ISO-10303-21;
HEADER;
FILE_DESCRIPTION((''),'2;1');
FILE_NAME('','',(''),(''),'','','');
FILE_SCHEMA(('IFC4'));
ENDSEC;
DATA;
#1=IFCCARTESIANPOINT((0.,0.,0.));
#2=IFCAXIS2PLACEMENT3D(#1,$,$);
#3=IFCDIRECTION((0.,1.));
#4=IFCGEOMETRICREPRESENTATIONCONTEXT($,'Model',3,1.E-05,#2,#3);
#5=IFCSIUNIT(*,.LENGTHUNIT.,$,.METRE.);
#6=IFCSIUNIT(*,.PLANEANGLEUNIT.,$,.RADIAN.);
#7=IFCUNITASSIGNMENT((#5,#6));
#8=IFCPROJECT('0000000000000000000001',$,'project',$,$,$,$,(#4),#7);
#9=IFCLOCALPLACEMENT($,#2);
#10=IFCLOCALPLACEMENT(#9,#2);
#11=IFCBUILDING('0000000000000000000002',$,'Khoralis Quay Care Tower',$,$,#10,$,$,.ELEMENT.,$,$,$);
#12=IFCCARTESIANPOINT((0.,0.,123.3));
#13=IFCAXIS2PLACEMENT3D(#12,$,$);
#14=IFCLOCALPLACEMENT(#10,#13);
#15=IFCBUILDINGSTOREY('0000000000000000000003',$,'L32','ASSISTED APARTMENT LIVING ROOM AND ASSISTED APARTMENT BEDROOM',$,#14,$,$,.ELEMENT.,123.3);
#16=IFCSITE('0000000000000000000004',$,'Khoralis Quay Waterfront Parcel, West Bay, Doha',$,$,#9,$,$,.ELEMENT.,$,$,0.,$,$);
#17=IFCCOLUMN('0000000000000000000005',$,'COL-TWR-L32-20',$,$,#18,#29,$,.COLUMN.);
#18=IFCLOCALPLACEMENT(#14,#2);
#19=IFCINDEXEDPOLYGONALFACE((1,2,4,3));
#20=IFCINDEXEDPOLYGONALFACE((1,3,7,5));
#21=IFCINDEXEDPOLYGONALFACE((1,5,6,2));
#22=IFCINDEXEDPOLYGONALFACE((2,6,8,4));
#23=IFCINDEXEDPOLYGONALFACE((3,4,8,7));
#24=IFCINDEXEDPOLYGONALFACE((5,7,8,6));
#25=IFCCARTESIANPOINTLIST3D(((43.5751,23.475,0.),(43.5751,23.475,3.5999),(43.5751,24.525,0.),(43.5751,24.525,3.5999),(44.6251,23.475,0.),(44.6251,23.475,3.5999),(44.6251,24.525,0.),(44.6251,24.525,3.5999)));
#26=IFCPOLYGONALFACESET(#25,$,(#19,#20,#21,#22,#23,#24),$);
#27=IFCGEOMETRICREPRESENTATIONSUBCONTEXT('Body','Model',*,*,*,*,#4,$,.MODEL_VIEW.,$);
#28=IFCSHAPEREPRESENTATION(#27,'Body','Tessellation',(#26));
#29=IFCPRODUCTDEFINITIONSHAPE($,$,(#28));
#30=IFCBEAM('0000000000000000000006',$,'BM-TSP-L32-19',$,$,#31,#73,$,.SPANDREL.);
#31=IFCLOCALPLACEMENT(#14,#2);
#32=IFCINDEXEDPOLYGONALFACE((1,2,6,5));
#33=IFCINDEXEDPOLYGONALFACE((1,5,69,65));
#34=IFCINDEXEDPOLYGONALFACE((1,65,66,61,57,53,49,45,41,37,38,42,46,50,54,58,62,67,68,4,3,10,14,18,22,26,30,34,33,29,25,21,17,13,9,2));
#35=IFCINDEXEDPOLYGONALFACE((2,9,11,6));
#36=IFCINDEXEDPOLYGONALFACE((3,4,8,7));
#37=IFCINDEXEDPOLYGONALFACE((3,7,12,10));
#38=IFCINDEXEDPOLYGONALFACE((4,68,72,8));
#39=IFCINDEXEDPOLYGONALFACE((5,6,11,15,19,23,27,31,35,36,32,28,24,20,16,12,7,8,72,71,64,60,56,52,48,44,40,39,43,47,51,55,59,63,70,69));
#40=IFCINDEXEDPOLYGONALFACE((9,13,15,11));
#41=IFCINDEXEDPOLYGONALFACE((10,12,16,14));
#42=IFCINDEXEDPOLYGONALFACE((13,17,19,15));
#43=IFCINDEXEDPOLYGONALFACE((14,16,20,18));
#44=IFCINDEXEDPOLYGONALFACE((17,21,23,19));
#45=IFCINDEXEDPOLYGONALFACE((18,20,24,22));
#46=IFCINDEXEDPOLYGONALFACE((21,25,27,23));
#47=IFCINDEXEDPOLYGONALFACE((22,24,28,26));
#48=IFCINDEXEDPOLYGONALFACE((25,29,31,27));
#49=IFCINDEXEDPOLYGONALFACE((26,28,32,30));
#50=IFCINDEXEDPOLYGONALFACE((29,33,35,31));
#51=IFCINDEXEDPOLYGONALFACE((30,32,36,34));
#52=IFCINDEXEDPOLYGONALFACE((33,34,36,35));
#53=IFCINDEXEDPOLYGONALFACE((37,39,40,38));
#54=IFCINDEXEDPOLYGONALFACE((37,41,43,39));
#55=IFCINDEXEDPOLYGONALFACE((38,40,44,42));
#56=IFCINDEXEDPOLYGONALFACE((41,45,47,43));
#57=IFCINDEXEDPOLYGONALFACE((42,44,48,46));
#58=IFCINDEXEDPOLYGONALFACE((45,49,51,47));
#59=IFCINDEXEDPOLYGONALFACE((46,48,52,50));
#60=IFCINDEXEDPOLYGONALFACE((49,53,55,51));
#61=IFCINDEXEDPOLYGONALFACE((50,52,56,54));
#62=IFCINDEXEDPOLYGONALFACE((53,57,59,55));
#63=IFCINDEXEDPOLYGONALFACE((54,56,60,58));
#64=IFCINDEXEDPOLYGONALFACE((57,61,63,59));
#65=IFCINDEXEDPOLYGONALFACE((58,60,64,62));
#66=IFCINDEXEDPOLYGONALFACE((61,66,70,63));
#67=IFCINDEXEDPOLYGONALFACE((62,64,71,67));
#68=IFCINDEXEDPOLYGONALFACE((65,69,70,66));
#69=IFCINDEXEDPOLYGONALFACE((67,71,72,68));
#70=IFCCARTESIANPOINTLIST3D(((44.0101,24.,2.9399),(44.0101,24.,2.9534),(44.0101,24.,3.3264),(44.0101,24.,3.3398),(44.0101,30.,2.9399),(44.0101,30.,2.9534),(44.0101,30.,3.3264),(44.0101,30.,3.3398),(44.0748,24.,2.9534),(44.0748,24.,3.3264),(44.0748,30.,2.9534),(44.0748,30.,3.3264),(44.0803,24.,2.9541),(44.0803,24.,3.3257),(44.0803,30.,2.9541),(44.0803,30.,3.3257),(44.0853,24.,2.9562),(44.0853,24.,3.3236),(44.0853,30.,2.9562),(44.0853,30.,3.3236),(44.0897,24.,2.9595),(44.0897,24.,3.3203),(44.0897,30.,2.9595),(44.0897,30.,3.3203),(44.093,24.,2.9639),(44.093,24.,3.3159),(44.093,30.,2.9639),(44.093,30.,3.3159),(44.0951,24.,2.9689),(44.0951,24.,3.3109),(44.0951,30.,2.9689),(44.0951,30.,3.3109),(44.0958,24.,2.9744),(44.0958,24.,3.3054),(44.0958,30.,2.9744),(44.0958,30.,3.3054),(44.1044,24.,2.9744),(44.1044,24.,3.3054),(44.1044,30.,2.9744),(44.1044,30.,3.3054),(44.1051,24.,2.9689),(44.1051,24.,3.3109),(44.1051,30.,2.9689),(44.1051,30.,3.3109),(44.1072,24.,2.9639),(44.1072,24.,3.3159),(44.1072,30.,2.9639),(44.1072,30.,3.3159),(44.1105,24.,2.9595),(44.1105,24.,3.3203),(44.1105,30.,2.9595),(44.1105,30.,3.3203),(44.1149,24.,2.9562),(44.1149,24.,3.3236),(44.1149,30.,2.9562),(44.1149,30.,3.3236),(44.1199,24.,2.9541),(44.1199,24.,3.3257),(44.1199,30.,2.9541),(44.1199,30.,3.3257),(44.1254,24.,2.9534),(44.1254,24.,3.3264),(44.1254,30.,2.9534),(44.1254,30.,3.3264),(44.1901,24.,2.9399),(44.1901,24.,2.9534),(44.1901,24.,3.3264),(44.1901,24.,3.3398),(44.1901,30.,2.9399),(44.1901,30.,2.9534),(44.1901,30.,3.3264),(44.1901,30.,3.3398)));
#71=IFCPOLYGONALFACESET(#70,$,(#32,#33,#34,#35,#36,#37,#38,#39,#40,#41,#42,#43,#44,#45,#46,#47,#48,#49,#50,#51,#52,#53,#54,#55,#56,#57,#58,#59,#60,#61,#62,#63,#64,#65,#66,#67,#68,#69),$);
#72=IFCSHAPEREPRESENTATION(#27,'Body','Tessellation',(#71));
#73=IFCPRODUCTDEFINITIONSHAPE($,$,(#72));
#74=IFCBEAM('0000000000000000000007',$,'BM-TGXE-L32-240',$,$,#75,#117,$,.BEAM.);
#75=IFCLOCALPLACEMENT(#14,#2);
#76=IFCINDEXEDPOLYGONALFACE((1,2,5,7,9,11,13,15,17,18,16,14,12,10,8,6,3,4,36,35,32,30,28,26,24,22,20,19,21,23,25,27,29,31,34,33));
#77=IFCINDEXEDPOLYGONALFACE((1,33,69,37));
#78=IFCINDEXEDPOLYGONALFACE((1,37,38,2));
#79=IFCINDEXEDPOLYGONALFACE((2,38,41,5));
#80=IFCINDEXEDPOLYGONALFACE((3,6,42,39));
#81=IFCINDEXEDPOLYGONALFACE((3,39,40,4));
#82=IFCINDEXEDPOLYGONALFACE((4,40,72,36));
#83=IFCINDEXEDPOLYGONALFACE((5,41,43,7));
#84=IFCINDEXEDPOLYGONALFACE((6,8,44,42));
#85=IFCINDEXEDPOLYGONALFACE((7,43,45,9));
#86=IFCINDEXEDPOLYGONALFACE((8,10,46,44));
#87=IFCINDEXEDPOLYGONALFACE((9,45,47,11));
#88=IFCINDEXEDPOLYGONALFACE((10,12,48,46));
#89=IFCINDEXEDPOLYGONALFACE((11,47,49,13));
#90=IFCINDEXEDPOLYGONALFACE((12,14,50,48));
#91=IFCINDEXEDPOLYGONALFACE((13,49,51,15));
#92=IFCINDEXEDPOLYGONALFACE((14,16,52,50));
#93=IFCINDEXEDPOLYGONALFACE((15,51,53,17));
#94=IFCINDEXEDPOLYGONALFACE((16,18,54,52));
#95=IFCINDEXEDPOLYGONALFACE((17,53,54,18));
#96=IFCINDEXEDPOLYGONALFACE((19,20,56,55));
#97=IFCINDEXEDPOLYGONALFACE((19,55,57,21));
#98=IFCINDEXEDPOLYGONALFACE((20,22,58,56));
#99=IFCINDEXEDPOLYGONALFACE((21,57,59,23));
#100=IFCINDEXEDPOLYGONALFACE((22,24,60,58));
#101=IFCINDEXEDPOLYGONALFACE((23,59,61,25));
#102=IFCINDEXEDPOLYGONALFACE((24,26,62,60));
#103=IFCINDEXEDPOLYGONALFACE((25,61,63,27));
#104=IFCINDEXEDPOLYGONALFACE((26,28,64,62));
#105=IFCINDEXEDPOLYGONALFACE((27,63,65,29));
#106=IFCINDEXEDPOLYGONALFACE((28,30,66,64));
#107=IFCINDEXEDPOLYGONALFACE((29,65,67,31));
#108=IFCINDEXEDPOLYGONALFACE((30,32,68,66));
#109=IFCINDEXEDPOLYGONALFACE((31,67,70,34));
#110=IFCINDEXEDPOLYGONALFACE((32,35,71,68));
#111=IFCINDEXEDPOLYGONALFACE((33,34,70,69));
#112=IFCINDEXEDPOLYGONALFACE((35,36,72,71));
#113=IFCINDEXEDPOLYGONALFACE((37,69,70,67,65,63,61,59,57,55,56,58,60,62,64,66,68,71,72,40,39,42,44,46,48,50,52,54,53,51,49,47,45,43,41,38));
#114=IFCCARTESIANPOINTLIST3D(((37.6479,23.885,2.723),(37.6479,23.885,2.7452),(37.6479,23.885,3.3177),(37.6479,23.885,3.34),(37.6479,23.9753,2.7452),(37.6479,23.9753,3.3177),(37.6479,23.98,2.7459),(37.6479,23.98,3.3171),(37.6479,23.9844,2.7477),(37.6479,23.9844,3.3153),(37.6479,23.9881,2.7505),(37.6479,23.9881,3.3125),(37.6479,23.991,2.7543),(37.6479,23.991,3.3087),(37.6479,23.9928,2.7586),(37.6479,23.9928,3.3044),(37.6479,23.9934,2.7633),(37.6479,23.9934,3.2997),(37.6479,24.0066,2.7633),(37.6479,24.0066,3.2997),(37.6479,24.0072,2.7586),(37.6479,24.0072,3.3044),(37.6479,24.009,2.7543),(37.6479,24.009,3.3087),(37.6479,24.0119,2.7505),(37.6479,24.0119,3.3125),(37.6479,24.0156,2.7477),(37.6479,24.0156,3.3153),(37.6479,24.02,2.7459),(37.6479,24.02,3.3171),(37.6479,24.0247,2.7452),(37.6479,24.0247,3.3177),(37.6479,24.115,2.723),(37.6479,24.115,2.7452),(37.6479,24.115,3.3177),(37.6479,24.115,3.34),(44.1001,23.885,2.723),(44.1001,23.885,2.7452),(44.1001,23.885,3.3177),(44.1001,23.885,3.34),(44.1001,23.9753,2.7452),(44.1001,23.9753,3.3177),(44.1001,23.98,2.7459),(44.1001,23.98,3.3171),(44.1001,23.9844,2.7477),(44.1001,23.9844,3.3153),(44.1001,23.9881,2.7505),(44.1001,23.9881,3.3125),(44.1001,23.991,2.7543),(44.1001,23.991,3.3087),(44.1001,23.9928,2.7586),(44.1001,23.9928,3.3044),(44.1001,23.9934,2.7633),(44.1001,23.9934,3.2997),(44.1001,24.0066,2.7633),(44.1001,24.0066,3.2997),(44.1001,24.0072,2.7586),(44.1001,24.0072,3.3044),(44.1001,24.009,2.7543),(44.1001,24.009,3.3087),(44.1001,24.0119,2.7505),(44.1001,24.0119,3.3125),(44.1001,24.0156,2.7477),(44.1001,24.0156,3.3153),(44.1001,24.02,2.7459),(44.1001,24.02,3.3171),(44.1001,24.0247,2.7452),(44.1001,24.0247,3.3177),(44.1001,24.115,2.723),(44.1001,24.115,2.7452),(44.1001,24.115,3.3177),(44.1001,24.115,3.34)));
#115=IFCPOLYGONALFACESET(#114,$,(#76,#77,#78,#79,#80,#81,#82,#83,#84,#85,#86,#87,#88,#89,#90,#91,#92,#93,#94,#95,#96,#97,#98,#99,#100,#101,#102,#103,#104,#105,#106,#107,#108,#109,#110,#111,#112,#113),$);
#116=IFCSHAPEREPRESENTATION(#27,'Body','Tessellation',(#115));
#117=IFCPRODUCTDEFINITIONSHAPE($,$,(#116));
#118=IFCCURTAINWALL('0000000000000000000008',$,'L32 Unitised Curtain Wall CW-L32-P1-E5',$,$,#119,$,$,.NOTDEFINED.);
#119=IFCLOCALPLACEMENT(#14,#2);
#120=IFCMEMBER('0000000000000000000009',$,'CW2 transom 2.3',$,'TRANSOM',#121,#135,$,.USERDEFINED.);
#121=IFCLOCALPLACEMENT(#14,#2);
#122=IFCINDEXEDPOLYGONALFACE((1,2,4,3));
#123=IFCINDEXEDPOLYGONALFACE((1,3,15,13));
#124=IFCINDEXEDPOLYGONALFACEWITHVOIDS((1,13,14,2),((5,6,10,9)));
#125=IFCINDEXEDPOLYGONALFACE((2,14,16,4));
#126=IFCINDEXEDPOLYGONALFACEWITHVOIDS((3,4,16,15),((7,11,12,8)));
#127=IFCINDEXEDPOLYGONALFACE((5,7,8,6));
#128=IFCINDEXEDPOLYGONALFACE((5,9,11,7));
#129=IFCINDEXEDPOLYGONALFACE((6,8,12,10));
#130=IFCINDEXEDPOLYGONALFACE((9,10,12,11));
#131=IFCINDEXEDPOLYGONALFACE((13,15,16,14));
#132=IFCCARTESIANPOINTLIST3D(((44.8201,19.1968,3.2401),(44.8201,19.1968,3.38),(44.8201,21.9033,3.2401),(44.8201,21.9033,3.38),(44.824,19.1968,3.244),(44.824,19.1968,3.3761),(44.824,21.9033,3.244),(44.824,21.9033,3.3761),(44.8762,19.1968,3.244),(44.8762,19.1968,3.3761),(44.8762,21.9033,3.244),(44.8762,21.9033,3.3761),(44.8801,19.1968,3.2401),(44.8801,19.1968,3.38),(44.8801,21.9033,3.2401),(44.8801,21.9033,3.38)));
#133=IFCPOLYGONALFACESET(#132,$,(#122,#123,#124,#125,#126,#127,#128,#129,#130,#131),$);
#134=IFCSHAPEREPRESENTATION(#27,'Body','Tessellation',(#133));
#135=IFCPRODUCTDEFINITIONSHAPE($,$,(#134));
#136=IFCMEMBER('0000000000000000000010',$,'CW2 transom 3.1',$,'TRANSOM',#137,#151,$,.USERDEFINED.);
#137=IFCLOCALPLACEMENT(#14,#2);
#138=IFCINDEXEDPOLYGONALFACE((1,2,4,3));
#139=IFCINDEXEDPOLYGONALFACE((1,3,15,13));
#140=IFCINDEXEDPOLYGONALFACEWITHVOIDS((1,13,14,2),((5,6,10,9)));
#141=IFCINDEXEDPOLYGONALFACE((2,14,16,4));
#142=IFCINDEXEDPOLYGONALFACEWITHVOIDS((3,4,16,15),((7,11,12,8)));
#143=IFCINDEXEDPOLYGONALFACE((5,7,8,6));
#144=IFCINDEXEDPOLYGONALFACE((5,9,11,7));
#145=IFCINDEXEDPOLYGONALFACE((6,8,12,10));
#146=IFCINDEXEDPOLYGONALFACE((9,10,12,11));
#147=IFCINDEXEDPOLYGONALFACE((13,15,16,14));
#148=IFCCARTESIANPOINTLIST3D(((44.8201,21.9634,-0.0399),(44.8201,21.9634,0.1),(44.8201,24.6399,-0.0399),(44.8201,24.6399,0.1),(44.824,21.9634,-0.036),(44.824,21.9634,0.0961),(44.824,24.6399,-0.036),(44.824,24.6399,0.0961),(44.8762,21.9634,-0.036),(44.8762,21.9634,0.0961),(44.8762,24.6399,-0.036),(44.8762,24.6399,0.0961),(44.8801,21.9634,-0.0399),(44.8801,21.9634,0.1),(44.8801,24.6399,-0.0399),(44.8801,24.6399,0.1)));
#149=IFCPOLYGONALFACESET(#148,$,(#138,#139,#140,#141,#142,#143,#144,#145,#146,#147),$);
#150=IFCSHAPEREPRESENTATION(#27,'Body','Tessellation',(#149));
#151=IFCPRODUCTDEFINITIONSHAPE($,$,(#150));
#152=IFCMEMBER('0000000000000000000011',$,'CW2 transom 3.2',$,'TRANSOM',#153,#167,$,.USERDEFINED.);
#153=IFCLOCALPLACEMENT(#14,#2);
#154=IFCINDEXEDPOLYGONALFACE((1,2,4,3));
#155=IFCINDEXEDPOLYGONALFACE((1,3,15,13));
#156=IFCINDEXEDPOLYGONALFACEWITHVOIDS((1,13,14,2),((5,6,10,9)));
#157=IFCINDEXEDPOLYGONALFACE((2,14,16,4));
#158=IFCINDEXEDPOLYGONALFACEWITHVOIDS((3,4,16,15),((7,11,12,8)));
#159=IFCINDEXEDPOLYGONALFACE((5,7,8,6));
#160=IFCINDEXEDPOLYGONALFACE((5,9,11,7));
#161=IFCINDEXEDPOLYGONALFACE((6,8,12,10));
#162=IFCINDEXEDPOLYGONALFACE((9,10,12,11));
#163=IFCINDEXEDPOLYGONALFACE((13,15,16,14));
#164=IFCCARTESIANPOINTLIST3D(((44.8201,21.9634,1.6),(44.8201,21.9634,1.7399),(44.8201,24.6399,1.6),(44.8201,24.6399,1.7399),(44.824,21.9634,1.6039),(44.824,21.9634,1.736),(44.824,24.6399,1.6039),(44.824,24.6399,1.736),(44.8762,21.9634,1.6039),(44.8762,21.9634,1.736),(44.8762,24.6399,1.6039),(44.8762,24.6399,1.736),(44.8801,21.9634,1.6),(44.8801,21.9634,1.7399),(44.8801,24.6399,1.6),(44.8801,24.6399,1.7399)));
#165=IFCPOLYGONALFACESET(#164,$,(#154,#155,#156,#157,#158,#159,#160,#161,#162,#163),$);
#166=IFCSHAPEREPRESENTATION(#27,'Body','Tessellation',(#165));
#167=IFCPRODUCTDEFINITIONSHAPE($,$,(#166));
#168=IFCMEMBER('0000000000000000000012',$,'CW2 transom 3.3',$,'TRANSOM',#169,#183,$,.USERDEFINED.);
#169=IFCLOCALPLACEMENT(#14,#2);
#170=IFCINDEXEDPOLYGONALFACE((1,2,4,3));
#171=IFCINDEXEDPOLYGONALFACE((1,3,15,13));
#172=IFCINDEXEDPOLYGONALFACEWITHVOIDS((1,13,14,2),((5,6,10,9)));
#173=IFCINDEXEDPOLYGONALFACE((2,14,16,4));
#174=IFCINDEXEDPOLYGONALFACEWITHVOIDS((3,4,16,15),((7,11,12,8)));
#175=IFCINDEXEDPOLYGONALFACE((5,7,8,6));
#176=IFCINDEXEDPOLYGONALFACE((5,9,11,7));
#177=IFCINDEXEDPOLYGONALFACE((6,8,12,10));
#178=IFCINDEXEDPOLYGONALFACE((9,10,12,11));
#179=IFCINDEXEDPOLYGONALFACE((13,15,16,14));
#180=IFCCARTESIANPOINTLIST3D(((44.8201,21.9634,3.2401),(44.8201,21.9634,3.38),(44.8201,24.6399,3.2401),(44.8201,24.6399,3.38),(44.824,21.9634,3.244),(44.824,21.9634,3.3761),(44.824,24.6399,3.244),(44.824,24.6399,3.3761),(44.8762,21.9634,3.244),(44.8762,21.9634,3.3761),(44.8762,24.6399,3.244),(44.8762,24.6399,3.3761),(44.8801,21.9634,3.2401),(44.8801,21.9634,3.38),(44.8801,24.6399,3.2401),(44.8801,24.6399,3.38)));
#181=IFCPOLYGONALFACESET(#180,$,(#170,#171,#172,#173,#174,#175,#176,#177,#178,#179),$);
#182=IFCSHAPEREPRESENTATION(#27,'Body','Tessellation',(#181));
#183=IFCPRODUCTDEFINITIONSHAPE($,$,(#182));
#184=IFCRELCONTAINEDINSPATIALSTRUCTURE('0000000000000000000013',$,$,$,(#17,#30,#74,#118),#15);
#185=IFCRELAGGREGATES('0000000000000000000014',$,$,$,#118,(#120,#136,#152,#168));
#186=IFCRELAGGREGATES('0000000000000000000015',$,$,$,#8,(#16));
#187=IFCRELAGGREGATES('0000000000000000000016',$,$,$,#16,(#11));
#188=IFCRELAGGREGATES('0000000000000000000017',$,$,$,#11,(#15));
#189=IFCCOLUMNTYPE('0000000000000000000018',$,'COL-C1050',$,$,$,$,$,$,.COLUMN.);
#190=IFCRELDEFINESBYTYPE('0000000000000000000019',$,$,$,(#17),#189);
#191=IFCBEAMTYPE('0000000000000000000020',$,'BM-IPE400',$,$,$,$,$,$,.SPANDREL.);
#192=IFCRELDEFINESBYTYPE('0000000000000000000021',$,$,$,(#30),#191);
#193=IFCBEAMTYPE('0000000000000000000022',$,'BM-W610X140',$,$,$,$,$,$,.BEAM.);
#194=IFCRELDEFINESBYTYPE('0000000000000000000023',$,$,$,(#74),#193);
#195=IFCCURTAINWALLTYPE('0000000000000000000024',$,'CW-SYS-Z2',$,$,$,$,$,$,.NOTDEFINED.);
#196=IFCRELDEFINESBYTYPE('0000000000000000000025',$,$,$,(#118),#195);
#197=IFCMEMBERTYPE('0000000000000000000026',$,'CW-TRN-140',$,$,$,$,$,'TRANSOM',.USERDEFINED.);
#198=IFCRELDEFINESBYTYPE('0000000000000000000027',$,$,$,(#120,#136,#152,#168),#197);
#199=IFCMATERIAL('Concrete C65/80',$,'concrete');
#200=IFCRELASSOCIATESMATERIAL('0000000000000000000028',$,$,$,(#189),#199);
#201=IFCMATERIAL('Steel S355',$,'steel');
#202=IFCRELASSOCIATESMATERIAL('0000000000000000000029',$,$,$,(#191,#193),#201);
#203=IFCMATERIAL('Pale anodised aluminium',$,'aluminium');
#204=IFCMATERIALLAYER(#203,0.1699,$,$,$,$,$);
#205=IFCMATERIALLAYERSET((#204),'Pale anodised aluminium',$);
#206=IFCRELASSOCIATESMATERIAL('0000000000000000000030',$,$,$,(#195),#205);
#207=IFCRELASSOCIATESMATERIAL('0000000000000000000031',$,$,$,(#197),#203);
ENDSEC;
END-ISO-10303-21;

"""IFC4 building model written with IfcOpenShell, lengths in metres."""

from ifc_helpers import new_model, si_unit, direction, frame, origin, origin_2d, place, context, subcontext, project, spatial, rectangle, hollow_rectangle, i_section, extrude, source, transform, mapped, material, layer, layer_set, material_profile, profile_set, type_object, element, aggregate, save


model = new_model("IFC4")

# Units and contexts
model_context = context("Model", 3, precision=1e-05, world=origin(), true_north=direction((0.0, 1.0)))
body_context = subcontext(model_context, "Body", "Model", "MODEL_VIEW")
ifc_project = project(units=[si_unit("LENGTHUNIT", "METRE"), si_unit("PLANEANGLEUNIT", "RADIAN")], contexts=[model_context])

# Site, building, storey
site_placement = place(None, origin())
site = spatial("IfcSite", under=ifc_project, at=site_placement, Name="Khoralis Quay Waterfront Parcel, West Bay, Doha", CompositionType="ELEMENT", RefElevation=0.0)
building_placement = place(site_placement, origin())
building = spatial("IfcBuilding", under=site, at=building_placement, Name="Khoralis Quay Care Tower", CompositionType="ELEMENT")
storey_placement = place(building_placement, frame((0.0, 0.0, 123.3)))
storey = spatial("IfcBuildingStorey", under=building, at=storey_placement, Name="L32", Description="ASSISTED APARTMENT LIVING ROOM AND ASSISTED APARTMENT BEDROOM", CompositionType="ELEMENT", Elevation=123.3)

# Column
ifc_material_1 = material(Name="Concrete C65/80", Category="concrete")
ifc_material_profile_1 = material_profile(ifc_material_1, rectangle(XDim=1.05, YDim=1.05, at=origin_2d()), Name="Concrete C65/80")
ifc_profile_set_1 = profile_set([ifc_material_profile_1], Name="Concrete C65/80")
column_type = type_object("IfcColumnType", Name="COL-C1050", PredefinedType="COLUMN", material=ifc_profile_set_1)
shared_shape_1 = source(origin(), body_context, "Body", "SweptSolid", [
    extrude(rectangle(XDim=1.05, YDim=1.05, at=origin_2d()), origin(), (0.0, 0.0, 1.0), 3.5999),
])
column_placement = place(storey_placement, frame((44.1001, 24.0, 0.0), z_axis=(0.0, 0.0, 1.0), x_axis=(1.0, 0.0, 0.0)))
element("IfcColumn", 1, at=column_placement, inside=storey, type_object=column_type, Name="COL-TWR-L32-20", PredefinedType="COLUMN", context=body_context, shape_type="MappedRepresentation", body=[
    mapped(shared_shape_1, transform((0.0, 0.0, 0.0), scale=1.0)),
])

# Beams
ifc_material_2 = material(Name="Steel S355", Category="steel")
ifc_material_profile_2 = material_profile(ifc_material_2, i_section(OverallWidth=0.1799, OverallDepth=0.3999, WebThickness=0.0085, FlangeThickness=0.0134, FilletRadius=0.021, at=origin_2d()), Name="Steel S355")
ifc_profile_set_2 = profile_set([ifc_material_profile_2], Name="Steel S355")
beam_type_1 = type_object("IfcBeamType", Name="BM-IPE400", PredefinedType="SPANDREL", material=ifc_profile_set_2)
shared_shape_2 = source(origin(), body_context, "Body", "SweptSolid", [
    extrude(i_section(OverallWidth=0.1799, OverallDepth=0.3999, WebThickness=0.0085, FlangeThickness=0.0134, FilletRadius=0.021, at=origin_2d()), origin(), (0.0, 0.0, 1.0), 6.0),
])
beam_1_placement = place(storey_placement, frame((44.1001, 24.0, 3.1399), z_axis=(0.0, 1.0, 0.0), x_axis=(-1.0, 0.0, 0.0)))
element("IfcBeam", 2, at=beam_1_placement, inside=storey, type_object=beam_type_1, Name="BM-TSP-L32-19", PredefinedType="SPANDREL", context=body_context, shape_type="MappedRepresentation", body=[
    mapped(shared_shape_2, transform((0.0, 0.0, 0.0), scale=1.0)),
])
ifc_material_profile_3 = material_profile(ifc_material_2, i_section(OverallWidth=0.23, OverallDepth=0.6169, WebThickness=0.0132, FlangeThickness=0.0222, FilletRadius=0.0181, at=origin_2d()), Name="Steel S355")
ifc_profile_set_3 = profile_set([ifc_material_profile_3], Name="Steel S355")
beam_type_2 = type_object("IfcBeamType", Name="BM-W610X140", PredefinedType="BEAM", material=ifc_profile_set_3)
shared_shape_3 = source(origin(), body_context, "Body", "SweptSolid", [
    extrude(i_section(OverallWidth=0.23, OverallDepth=0.6169, WebThickness=0.0132, FlangeThickness=0.0222, FilletRadius=0.0181, at=origin_2d()), origin(), (0.0, 0.0, 1.0), 6.4521),
])
beam_2_placement = place(storey_placement, frame((37.6479, 24.0, 3.0315), z_axis=(1.0, 0.0, 0.0), x_axis=(0.0, 1.0, 0.0)))
element("IfcBeam", 3, at=beam_2_placement, inside=storey, type_object=beam_type_2, Name="BM-TGXE-L32-240", PredefinedType="BEAM", context=body_context, shape_type="MappedRepresentation", body=[
    mapped(shared_shape_3, transform((0.0, 0.0, 0.0), scale=1.0)),
])

# Curtain wall, members
ifc_material_3 = material(Name="Pale anodised aluminium", Category="aluminium")
ifc_layer_1 = layer(ifc_material_3, 0.1699)
ifc_layer_set_1 = layer_set([ifc_layer_1], Name="Pale anodised aluminium")
curtain_wall_type = type_object("IfcCurtainWallType", Name="CW-SYS-Z2", PredefinedType="NOTDEFINED", material=ifc_layer_set_1)
curtain_wall_placement = place(storey_placement, origin())
curtain_wall = element("IfcCurtainWall", 4, at=curtain_wall_placement, inside=storey, type_object=curtain_wall_type, Name="L32 Unitised Curtain Wall CW-L32-P1-E5", PredefinedType="NOTDEFINED")
ifc_material_profile_4 = material_profile(ifc_material_3, hollow_rectangle(XDim=0.0601, YDim=0.1399, WallThickness=0.0039, at=origin_2d()), Name="Pale anodised aluminium")
ifc_profile_set_4 = profile_set([ifc_material_profile_4], Name="Pale anodised aluminium")
member_type_1 = type_object("IfcMemberType", Name="CW-TRN-140", ElementType="TRANSOM", PredefinedType="USERDEFINED", material=ifc_profile_set_4)
shared_shape_4 = source(origin(), body_context, "Body", "SweptSolid", [
    extrude(hollow_rectangle(XDim=0.0601, YDim=0.1399, WallThickness=0.0039, at=origin_2d()), origin(), (0.0, 0.0, 1.0), 2.7065),
])
member_1_placement = place(storey_placement, frame((44.8501, 19.1968, 3.3101), z_axis=(0.0, 1.0, 0.0), x_axis=(-1.0, 0.0, 0.0)))
member_1 = element("IfcMember", 5, at=member_1_placement, type_object=member_type_1, Name="CW2 transom 2.3", ObjectType="TRANSOM", PredefinedType="USERDEFINED", context=body_context, shape_type="MappedRepresentation", body=[
    mapped(shared_shape_4, transform((0.0, 0.0, 0.0), scale=1.0)),
])
shared_shape_5 = source(origin(), body_context, "Body", "SweptSolid", [
    extrude(hollow_rectangle(XDim=0.0601, YDim=0.1399, WallThickness=0.0039, at=origin_2d()), origin(), (0.0, 0.0, 1.0), 2.6765),
])
member_2_placement = place(storey_placement, frame((44.8501, 21.9634, 0.03), z_axis=(0.0, 1.0, 0.0), x_axis=(-1.0, 0.0, 0.0)))
member_2 = element("IfcMember", 6, at=member_2_placement, type_object=member_type_1, Name="CW2 transom 3.1", ObjectType="TRANSOM", PredefinedType="USERDEFINED", context=body_context, shape_type="MappedRepresentation", body=[
    mapped(shared_shape_5, transform((0.0, 0.0, 0.0), scale=1.0)),
])
member_3_placement = place(storey_placement, frame((44.8501, 21.9634, 1.6699), z_axis=(0.0, 1.0, 0.0), x_axis=(-1.0, 0.0, 0.0)))
member_3 = element("IfcMember", 7, at=member_3_placement, type_object=member_type_1, Name="CW2 transom 3.2", ObjectType="TRANSOM", PredefinedType="USERDEFINED", context=body_context, shape_type="MappedRepresentation", body=[
    mapped(shared_shape_5, transform((0.0, 0.0, 0.0), scale=1.0)),
])
member_4_placement = place(storey_placement, frame((44.8501, 21.9634, 3.3101), z_axis=(0.0, 1.0, 0.0), x_axis=(-1.0, 0.0, 0.0)))
member_4 = element("IfcMember", 8, at=member_4_placement, type_object=member_type_1, Name="CW2 transom 3.3", ObjectType="TRANSOM", PredefinedType="USERDEFINED", context=body_context, shape_type="MappedRepresentation", body=[
    mapped(shared_shape_5, transform((0.0, 0.0, 0.0), scale=1.0)),
])
aggregate(curtain_wall, [member_1, member_2, member_3, member_4])

save(model, "model.ifc")
